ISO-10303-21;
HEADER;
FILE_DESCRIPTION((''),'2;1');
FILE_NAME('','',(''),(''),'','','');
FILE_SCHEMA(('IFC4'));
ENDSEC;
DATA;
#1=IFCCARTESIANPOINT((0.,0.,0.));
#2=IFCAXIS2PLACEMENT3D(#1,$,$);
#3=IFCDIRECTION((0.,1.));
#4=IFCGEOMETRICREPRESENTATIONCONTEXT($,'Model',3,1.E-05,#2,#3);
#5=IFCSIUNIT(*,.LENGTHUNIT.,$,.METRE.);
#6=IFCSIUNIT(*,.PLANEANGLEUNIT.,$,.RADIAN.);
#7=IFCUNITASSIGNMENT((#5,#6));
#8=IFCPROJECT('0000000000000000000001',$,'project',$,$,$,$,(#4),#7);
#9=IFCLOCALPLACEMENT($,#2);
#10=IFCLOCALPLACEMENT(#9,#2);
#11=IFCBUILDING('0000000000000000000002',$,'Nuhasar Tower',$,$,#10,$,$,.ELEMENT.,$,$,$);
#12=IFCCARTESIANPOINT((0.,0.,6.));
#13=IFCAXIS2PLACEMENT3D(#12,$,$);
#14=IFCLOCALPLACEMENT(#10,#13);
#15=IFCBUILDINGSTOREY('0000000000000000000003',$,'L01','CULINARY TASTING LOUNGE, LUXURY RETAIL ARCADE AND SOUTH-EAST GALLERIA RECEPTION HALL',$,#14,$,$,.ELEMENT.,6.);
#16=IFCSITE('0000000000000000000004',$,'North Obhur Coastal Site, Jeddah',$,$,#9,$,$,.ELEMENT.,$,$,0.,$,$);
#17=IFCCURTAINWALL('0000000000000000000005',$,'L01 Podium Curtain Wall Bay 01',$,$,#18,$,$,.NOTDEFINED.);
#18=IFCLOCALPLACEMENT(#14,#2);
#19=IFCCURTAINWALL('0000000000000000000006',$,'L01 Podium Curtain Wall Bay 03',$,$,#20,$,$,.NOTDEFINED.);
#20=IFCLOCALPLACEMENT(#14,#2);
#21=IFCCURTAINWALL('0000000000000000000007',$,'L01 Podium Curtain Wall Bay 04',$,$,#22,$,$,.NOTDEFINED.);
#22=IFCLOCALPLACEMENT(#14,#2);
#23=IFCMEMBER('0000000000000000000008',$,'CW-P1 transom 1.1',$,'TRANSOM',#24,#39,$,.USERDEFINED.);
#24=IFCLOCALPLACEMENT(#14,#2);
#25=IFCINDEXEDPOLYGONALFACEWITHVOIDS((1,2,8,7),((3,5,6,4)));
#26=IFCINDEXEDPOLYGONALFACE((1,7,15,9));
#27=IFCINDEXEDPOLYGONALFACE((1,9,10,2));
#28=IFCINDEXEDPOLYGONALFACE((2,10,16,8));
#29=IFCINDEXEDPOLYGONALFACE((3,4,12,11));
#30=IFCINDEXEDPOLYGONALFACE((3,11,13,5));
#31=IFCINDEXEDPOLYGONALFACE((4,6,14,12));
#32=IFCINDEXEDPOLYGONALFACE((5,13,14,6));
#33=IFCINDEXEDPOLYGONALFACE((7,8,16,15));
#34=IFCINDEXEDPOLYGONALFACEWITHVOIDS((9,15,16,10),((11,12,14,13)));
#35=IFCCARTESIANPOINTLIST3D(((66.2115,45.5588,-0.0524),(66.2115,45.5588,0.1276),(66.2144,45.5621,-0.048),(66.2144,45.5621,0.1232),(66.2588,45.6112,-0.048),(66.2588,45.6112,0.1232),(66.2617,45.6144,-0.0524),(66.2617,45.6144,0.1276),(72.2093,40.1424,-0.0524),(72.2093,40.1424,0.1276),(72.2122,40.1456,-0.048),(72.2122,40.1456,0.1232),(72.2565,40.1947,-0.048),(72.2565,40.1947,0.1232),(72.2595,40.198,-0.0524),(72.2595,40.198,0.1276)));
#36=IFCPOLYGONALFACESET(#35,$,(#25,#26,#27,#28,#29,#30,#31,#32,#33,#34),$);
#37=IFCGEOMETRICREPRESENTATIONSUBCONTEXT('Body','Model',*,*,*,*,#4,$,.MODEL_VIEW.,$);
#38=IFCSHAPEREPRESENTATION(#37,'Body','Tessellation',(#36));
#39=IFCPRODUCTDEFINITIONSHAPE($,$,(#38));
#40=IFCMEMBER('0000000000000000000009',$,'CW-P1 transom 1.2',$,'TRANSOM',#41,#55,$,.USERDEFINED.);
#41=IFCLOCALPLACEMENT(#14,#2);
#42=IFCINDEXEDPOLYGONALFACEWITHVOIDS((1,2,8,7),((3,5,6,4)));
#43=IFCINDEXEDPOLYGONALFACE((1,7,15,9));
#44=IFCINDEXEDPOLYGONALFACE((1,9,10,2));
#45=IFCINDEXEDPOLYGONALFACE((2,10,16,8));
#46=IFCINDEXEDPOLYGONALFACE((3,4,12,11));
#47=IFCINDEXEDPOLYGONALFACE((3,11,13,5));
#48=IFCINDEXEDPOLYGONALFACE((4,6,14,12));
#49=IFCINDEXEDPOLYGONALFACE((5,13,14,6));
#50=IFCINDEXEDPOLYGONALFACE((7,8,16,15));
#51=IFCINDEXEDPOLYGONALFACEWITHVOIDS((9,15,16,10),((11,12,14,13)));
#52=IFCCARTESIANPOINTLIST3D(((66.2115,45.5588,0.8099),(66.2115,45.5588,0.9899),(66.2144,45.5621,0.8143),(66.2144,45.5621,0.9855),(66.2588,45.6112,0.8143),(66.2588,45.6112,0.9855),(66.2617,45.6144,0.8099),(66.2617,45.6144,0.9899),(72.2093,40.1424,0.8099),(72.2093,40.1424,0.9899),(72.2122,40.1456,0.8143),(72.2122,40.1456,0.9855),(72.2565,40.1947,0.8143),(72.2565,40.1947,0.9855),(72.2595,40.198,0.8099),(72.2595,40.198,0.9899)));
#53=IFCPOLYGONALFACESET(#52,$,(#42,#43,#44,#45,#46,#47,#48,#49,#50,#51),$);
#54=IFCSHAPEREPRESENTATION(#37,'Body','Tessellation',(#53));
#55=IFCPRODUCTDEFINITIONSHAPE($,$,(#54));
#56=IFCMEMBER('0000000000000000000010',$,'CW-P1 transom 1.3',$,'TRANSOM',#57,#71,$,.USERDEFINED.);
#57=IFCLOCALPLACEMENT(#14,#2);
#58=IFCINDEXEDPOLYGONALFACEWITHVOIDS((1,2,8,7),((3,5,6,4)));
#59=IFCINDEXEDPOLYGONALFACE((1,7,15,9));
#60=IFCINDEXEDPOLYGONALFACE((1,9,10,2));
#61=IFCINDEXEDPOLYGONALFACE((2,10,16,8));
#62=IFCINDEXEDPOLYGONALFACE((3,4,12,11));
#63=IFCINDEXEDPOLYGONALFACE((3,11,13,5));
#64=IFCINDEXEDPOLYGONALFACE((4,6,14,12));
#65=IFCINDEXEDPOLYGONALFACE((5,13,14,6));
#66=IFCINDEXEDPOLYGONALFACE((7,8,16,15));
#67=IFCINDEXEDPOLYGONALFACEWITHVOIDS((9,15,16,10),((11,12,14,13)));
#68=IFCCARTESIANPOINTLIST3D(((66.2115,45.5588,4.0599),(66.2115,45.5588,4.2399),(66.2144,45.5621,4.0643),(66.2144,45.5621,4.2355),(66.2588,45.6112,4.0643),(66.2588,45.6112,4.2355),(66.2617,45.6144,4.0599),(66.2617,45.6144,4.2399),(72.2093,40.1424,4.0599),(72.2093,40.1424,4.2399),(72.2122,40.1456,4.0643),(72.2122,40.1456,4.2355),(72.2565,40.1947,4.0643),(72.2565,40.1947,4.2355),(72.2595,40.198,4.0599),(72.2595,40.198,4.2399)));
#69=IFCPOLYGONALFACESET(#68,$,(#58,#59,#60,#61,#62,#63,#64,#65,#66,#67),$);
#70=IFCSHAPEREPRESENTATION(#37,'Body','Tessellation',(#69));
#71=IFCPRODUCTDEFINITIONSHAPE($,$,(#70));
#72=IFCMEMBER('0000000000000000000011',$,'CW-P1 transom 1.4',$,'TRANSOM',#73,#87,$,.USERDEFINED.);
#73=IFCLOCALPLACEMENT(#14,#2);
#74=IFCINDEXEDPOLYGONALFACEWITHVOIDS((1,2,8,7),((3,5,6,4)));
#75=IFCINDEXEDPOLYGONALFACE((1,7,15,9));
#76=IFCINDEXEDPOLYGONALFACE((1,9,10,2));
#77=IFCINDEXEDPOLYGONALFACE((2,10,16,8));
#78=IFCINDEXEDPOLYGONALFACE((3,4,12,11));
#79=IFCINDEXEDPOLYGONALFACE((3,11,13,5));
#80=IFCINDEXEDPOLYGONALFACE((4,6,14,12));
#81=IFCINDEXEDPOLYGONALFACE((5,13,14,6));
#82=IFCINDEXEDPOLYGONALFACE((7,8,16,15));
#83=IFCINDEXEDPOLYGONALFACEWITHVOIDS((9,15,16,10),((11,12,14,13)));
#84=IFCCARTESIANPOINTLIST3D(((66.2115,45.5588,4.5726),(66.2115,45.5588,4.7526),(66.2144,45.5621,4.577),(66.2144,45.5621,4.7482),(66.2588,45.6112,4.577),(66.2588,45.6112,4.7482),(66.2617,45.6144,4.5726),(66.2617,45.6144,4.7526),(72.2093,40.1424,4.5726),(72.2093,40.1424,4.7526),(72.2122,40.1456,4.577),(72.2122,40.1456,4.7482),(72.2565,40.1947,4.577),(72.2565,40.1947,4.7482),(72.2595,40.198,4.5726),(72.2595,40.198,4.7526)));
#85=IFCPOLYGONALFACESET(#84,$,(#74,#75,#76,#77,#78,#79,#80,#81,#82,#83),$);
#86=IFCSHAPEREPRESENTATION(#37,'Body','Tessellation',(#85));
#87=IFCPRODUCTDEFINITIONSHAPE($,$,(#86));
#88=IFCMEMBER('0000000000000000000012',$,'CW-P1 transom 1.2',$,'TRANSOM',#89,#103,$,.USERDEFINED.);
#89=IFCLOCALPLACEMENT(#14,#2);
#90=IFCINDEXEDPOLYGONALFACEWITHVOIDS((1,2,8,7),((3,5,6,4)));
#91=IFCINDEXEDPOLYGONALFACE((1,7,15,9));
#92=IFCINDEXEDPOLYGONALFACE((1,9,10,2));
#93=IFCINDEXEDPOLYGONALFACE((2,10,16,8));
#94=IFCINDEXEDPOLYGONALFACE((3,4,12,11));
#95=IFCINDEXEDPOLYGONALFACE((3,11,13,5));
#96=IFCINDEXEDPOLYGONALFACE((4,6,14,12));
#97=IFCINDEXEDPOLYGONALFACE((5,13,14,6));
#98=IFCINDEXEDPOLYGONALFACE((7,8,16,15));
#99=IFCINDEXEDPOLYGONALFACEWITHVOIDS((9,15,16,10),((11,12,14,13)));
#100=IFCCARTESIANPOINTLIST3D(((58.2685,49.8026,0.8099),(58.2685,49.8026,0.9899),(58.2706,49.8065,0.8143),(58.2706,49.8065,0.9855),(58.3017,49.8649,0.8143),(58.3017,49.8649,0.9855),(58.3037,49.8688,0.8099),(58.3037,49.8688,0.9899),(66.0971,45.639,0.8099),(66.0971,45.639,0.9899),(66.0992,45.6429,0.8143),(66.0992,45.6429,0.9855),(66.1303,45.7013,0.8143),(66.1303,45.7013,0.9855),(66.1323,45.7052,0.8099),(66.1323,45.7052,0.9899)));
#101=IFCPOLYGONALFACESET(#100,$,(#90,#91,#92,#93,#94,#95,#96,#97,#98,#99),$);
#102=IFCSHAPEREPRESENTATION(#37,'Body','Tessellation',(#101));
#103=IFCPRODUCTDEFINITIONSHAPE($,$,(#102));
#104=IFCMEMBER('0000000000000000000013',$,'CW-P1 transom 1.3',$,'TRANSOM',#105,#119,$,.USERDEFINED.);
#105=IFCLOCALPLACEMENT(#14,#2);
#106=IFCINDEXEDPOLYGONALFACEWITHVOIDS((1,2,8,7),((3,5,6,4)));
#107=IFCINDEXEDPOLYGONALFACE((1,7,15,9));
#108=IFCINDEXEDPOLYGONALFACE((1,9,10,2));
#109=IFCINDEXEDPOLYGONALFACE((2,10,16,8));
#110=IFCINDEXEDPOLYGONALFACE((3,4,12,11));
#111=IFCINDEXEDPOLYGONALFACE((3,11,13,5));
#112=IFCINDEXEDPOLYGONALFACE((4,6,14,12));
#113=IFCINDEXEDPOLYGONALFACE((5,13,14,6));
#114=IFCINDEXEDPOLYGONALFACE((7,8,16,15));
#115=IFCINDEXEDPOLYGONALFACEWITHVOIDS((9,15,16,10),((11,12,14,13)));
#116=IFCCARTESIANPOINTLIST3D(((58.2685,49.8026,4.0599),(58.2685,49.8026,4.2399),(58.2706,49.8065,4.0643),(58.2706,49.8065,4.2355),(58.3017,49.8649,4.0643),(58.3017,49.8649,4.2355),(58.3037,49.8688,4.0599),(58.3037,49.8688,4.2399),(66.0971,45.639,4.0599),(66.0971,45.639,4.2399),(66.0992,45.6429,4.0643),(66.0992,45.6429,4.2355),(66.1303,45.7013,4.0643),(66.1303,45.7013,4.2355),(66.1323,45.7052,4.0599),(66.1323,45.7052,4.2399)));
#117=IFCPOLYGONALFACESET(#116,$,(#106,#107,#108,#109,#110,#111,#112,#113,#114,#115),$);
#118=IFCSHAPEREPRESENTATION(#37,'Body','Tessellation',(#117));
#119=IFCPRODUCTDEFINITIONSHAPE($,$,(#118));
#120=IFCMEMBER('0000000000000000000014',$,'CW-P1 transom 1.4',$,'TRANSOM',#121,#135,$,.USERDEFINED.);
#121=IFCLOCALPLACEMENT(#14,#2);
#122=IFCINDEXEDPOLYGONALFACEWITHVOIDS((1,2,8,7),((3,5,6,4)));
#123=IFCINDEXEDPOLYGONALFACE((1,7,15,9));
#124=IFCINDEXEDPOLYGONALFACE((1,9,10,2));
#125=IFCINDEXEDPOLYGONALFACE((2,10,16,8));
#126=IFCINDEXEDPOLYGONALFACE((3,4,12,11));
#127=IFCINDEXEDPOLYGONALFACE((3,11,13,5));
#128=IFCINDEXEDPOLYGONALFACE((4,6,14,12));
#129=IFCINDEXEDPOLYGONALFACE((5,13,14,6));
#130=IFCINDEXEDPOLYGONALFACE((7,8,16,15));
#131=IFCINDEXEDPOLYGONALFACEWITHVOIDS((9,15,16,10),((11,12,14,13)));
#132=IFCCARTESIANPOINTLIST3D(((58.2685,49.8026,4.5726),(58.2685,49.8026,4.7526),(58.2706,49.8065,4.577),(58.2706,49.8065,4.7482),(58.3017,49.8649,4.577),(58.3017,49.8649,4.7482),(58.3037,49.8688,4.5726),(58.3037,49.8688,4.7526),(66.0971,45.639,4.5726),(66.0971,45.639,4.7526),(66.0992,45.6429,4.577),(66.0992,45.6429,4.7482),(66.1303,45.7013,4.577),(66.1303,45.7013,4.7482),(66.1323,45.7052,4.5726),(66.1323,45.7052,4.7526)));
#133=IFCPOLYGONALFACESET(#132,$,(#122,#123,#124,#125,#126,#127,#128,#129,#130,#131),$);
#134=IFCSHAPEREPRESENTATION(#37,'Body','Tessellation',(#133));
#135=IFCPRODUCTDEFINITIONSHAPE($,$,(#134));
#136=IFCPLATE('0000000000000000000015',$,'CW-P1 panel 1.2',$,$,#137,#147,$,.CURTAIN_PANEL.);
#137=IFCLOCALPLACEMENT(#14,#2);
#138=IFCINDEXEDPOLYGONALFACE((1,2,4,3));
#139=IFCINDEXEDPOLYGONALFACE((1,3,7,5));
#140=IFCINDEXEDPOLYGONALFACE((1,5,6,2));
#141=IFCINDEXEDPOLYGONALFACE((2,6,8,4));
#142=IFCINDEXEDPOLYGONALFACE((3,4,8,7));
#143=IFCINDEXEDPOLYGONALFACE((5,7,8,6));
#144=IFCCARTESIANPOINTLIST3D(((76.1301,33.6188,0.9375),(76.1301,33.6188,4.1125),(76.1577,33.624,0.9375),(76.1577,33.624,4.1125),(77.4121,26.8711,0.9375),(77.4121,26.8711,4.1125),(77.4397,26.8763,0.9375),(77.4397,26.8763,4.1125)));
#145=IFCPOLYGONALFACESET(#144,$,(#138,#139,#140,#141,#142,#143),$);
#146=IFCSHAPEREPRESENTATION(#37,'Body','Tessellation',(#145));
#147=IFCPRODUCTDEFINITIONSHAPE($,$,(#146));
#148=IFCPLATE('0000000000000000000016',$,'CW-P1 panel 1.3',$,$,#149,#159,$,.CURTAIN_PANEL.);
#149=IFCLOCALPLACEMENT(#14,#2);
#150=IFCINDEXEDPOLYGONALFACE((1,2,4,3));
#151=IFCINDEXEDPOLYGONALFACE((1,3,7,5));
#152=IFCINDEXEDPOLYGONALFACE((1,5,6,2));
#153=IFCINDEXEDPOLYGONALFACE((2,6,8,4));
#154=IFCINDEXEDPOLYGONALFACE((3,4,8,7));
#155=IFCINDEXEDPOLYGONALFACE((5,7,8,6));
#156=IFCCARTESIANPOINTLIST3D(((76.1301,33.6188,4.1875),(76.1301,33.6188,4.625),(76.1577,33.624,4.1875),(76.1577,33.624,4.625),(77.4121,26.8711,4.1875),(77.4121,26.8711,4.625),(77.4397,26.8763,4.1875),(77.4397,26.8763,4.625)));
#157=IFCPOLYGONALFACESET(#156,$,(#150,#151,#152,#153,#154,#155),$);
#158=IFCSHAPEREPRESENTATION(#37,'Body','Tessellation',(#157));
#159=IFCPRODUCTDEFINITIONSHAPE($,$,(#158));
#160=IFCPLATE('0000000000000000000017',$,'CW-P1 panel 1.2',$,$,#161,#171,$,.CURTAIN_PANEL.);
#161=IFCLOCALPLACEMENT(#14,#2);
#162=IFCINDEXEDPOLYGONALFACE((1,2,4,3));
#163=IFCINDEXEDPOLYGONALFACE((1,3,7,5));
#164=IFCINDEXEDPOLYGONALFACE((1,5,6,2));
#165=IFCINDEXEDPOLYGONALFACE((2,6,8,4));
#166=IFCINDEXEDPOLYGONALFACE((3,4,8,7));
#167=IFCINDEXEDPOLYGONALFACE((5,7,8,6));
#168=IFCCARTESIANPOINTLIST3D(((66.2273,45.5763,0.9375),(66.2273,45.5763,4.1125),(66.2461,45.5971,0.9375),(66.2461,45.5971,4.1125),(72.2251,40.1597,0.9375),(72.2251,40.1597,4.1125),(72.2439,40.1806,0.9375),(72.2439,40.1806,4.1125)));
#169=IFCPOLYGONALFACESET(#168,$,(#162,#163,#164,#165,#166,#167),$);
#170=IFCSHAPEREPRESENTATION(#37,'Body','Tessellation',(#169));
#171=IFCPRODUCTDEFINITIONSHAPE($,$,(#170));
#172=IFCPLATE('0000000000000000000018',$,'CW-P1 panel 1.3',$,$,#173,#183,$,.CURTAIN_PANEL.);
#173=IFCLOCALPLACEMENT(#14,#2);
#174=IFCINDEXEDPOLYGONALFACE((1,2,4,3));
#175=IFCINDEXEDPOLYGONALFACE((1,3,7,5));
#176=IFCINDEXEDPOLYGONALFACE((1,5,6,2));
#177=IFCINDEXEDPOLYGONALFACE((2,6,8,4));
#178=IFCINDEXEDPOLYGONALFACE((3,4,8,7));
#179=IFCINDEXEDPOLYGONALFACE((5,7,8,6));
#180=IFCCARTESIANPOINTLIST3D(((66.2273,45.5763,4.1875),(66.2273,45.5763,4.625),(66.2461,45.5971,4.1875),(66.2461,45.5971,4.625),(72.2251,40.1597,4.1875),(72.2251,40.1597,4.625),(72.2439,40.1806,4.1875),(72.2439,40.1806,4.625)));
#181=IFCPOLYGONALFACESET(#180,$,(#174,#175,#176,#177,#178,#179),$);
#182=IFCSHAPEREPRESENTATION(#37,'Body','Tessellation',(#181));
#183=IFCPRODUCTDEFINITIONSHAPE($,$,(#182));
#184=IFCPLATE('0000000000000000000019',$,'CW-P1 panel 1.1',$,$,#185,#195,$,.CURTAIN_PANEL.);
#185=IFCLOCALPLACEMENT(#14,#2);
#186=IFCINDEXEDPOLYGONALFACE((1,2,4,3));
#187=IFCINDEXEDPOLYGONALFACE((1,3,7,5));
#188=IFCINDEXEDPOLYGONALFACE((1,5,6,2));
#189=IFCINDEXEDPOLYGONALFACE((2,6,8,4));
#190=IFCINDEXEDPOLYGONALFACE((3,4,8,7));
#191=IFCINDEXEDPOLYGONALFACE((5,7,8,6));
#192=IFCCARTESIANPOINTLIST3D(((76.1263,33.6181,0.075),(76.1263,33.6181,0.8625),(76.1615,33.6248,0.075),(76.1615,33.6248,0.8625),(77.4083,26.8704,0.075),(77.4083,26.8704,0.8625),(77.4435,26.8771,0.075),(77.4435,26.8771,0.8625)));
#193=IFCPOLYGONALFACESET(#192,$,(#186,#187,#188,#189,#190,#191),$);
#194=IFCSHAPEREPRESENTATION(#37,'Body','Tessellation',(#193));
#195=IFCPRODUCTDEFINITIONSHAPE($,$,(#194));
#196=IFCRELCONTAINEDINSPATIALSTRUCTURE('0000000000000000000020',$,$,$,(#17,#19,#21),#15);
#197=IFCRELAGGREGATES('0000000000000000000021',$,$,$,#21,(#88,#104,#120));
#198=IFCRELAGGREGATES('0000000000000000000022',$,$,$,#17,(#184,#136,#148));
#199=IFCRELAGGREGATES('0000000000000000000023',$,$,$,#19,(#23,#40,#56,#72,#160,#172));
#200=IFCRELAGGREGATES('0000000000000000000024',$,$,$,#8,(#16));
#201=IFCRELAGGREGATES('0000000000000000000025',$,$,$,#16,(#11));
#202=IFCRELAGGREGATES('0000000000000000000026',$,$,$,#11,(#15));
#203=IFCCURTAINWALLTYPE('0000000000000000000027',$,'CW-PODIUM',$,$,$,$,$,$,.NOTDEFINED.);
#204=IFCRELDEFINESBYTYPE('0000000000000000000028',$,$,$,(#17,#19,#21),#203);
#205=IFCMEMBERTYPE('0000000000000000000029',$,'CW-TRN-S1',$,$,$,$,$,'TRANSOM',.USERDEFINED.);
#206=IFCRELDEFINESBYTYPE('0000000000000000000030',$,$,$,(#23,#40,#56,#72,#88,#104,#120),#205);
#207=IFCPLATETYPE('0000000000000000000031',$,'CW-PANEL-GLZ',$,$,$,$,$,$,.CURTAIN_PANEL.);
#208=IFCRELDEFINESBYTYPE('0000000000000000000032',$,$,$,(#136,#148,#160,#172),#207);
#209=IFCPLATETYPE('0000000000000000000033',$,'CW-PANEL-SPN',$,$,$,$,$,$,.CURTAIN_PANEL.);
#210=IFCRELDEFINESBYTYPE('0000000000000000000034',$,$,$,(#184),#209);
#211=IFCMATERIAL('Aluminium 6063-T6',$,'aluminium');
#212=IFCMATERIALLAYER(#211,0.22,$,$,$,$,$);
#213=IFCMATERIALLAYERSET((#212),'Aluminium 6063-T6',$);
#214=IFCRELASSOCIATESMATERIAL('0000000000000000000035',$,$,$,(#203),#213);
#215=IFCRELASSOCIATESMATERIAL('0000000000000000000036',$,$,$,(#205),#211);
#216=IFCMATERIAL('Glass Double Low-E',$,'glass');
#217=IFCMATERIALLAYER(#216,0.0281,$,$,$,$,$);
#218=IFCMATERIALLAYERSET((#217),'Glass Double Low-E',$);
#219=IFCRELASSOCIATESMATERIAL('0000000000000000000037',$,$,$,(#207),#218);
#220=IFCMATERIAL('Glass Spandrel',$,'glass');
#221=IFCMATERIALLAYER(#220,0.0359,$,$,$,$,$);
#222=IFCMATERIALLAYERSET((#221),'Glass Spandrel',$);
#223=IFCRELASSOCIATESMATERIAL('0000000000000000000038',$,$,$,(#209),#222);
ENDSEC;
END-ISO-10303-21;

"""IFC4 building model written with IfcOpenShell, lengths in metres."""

from ifc_helpers import new_model, si_unit, direction, frame, origin, origin_2d, place, context, subcontext, project, spatial, rectangle, hollow_rectangle, extrude, material, layer, layer_set, material_profile, profile_set, type_object, element, aggregate, save


model = new_model("IFC4")

# Units and contexts
model_context = context("Model", 3, precision=1e-05, world=origin(), true_north=direction((0.0, 1.0)))
body_context = subcontext(model_context, "Body", "Model", "MODEL_VIEW")
ifc_project = project(units=[si_unit("LENGTHUNIT", "METRE"), si_unit("PLANEANGLEUNIT", "RADIAN")], contexts=[model_context])

# Site, building, storey
site_placement = place(None, origin())
site = spatial("IfcSite", under=ifc_project, at=site_placement, Name="North Obhur Coastal Site, Jeddah", CompositionType="ELEMENT", RefElevation=0.0)
building_placement = place(site_placement, origin())
building = spatial("IfcBuilding", under=site, at=building_placement, Name="Nuhasar Tower", CompositionType="ELEMENT")
storey_placement = place(building_placement, frame((0.0, 0.0, 6.0)))
storey = spatial("IfcBuildingStorey", under=building, at=storey_placement, Name="L01", Description="CULINARY TASTING LOUNGE, LUXURY RETAIL ARCADE AND SOUTH-EAST GALLERIA RECEPTION HALL", CompositionType="ELEMENT", Elevation=6.0)

# Curtain walls
ifc_material_1 = material(Name="Aluminium 6063-T6", Category="aluminium")
ifc_layer_1 = layer(ifc_material_1, 0.22)
ifc_layer_set_1 = layer_set([ifc_layer_1], Name="Aluminium 6063-T6")
curtain_wall_type = type_object("IfcCurtainWallType", Name="CW-PODIUM", PredefinedType="NOTDEFINED", material=ifc_layer_set_1)
curtain_wall_1_placement = place(storey_placement, origin())
curtain_wall_1 = element("IfcCurtainWall", 1, at=curtain_wall_1_placement, inside=storey, type_object=curtain_wall_type, Name="L01 Podium Curtain Wall Bay 01", PredefinedType="NOTDEFINED")
curtain_wall_2_placement = place(storey_placement, origin())
curtain_wall_2 = element("IfcCurtainWall", 2, at=curtain_wall_2_placement, inside=storey, type_object=curtain_wall_type, Name="L01 Podium Curtain Wall Bay 03", PredefinedType="NOTDEFINED")

# Curtain wall
curtain_wall_3_placement = place(storey_placement, origin())
curtain_wall_3 = element("IfcCurtainWall", 3, at=curtain_wall_3_placement, inside=storey, type_object=curtain_wall_type, Name="L01 Podium Curtain Wall Bay 04", PredefinedType="NOTDEFINED")

# Members
ifc_material_profile_1 = material_profile(ifc_material_1, hollow_rectangle(XDim=0.075, YDim=0.1799, WallThickness=0.0044, at=origin_2d()), Name="CWT-1")
ifc_profile_set_1 = profile_set([ifc_material_profile_1], Name="Aluminium 6063-T6")
member_type_1 = type_object("IfcMemberType", Name="CW-TRN-S1", ElementType="TRANSOM", PredefinedType="USERDEFINED", material=ifc_profile_set_1)
member_1_placement = place(storey_placement, frame((72.2344, 40.1702, 0.0376), z_axis=(-0.742156, 0.670227, 0.0), x_axis=(-0.670227, -0.742156, 0.0)))
member_1 = element("IfcMember", 4, at=member_1_placement, type_object=member_type_1, Name="CW-P1 transom 1.1", ObjectType="TRANSOM", PredefinedType="USERDEFINED", context=body_context, shape_type="SweptSolid", body=[
    extrude(hollow_rectangle(XDim=0.075, YDim=0.1799, WallThickness=0.0044, at=origin_2d()), origin(), (0.0, 0.0, 1.0), 8.0815),
])
member_2_placement = place(storey_placement, frame((72.2344, 40.1702, 0.8999), z_axis=(-0.742156, 0.670227, 0.0), x_axis=(-0.670227, -0.742156, 0.0)))
member_2 = element("IfcMember", 5, at=member_2_placement, type_object=member_type_1, Name="CW-P1 transom 1.2", ObjectType="TRANSOM", PredefinedType="USERDEFINED", context=body_context, shape_type="SweptSolid", body=[
    extrude(hollow_rectangle(XDim=0.075, YDim=0.1799, WallThickness=0.0044, at=origin_2d()), origin(), (0.0, 0.0, 1.0), 8.0815),
])
member_3_placement = place(storey_placement, frame((72.2344, 40.1702, 4.1499), z_axis=(-0.742156, 0.670227, 0.0), x_axis=(-0.670227, -0.742156, 0.0)))
member_3 = element("IfcMember", 6, at=member_3_placement, type_object=member_type_1, Name="CW-P1 transom 1.3", ObjectType="TRANSOM", PredefinedType="USERDEFINED", context=body_context, shape_type="SweptSolid", body=[
    extrude(hollow_rectangle(XDim=0.075, YDim=0.1799, WallThickness=0.0044, at=origin_2d()), origin(), (0.0, 0.0, 1.0), 8.0815),
])
member_4_placement = place(storey_placement, frame((72.2344, 40.1702, 4.6626), z_axis=(-0.742156, 0.670227, 0.0), x_axis=(-0.670227, -0.742156, 0.0)))
member_4 = element("IfcMember", 7, at=member_4_placement, type_object=member_type_1, Name="CW-P1 transom 1.4", ObjectType="TRANSOM", PredefinedType="USERDEFINED", context=body_context, shape_type="SweptSolid", body=[
    extrude(hollow_rectangle(XDim=0.075, YDim=0.1799, WallThickness=0.0044, at=origin_2d()), origin(), (0.0, 0.0, 1.0), 8.0815),
])
member_5_placement = place(storey_placement, frame((66.1147, 45.6721, 0.8999), z_axis=(-0.8829, 0.469562, 0.0), x_axis=(-0.469562, -0.8829, 0.0)))
member_5 = element("IfcMember", 8, at=member_5_placement, type_object=member_type_1, Name="CW-P1 transom 1.2", ObjectType="TRANSOM", PredefinedType="USERDEFINED", context=body_context, shape_type="SweptSolid", body=[
    extrude(hollow_rectangle(XDim=0.075, YDim=0.1799, WallThickness=0.0044, at=origin_2d()), origin(), (0.0, 0.0, 1.0), 8.8669),
])
member_6_placement = place(storey_placement, frame((66.1147, 45.6721, 4.1499), z_axis=(-0.8829, 0.469562, 0.0), x_axis=(-0.469562, -0.8829, 0.0)))
member_6 = element("IfcMember", 9, at=member_6_placement, type_object=member_type_1, Name="CW-P1 transom 1.3", ObjectType="TRANSOM", PredefinedType="USERDEFINED", context=body_context, shape_type="SweptSolid", body=[
    extrude(hollow_rectangle(XDim=0.075, YDim=0.1799, WallThickness=0.0044, at=origin_2d()), origin(), (0.0, 0.0, 1.0), 8.8669),
])
member_7_placement = place(storey_placement, frame((66.1147, 45.6721, 4.6626), z_axis=(-0.8829, 0.469562, 0.0), x_axis=(-0.469562, -0.8829, 0.0)))
member_7 = element("IfcMember", 10, at=member_7_placement, type_object=member_type_1, Name="CW-P1 transom 1.4", ObjectType="TRANSOM", PredefinedType="USERDEFINED", context=body_context, shape_type="SweptSolid", body=[
    extrude(hollow_rectangle(XDim=0.075, YDim=0.1799, WallThickness=0.0044, at=origin_2d()), origin(), (0.0, 0.0, 1.0), 8.8669),
])
aggregate(curtain_wall_3, [member_5, member_6, member_7])

# Plates
ifc_material_2 = material(Name="Glass Double Low-E", Category="glass")
ifc_layer_2 = layer(ifc_material_2, 0.0281)
ifc_layer_set_2 = layer_set([ifc_layer_2], Name="Glass Double Low-E")
plate_type_1 = type_object("IfcPlateType", Name="CW-PANEL-GLZ", PredefinedType="CURTAIN_PANEL", material=ifc_layer_set_2)
plate_1_placement = place(storey_placement, frame((76.7849, 30.2476, 0.9375), z_axis=(0.0, 0.0, 1.0), x_axis=(-0.186654, 0.982426, 0.0)))
plate_1 = element("IfcPlate", 11, at=plate_1_placement, type_object=plate_type_1, Name="CW-P1 panel 1.2", PredefinedType="CURTAIN_PANEL", context=body_context, shape_type="SweptSolid", body=[
    extrude(rectangle(XDim=6.8684, YDim=0.0281, at=origin_2d()), origin(), (0.0, 0.0, 1.0), 3.175),
])
plate_2_placement = place(storey_placement, frame((76.7849, 30.2476, 4.1875), z_axis=(0.0, 0.0, 1.0), x_axis=(-0.186654, 0.982426, 0.0)))
plate_2 = element("IfcPlate", 12, at=plate_2_placement, type_object=plate_type_1, Name="CW-P1 panel 1.3", PredefinedType="CURTAIN_PANEL", context=body_context, shape_type="SweptSolid", body=[
    extrude(rectangle(XDim=6.8684, YDim=0.0281, at=origin_2d()), origin(), (0.0, 0.0, 1.0), 0.4375),
])
plate_3_placement = place(storey_placement, frame((69.2356, 42.8784, 0.9375), z_axis=(0.0, 0.0, 1.0), x_axis=(-0.742151, 0.670232, 0.0)))
plate_3 = element("IfcPlate", 13, at=plate_3_placement, type_object=plate_type_1, Name="CW-P1 panel 1.2", PredefinedType="CURTAIN_PANEL", context=body_context, shape_type="SweptSolid", body=[
    extrude(rectangle(XDim=8.0815, YDim=0.0281, at=origin_2d()), origin(), (0.0, 0.0, 1.0), 3.175),
])
plate_4_placement = place(storey_placement, frame((69.2356, 42.8784, 4.1875), z_axis=(0.0, 0.0, 1.0), x_axis=(-0.742151, 0.670232, 0.0)))
plate_4 = element("IfcPlate", 14, at=plate_4_placement, type_object=plate_type_1, Name="CW-P1 panel 1.3", PredefinedType="CURTAIN_PANEL", context=body_context, shape_type="SweptSolid", body=[
    extrude(rectangle(XDim=8.0815, YDim=0.0281, at=origin_2d()), origin(), (0.0, 0.0, 1.0), 0.4375),
])
ifc_material_3 = material(Name="Glass Spandrel", Category="glass")
ifc_layer_3 = layer(ifc_material_3, 0.0359)
ifc_layer_set_3 = layer_set([ifc_layer_3], Name="Glass Spandrel")
plate_type_2 = type_object("IfcPlateType", Name="CW-PANEL-SPN", PredefinedType="CURTAIN_PANEL", material=ifc_layer_set_3)
plate_5_placement = place(storey_placement, frame((76.7849, 30.2476, 0.075), z_axis=(0.0, 0.0, 1.0), x_axis=(-0.186654, 0.982426, 0.0)))
plate_5 = element("IfcPlate", 15, at=plate_5_placement, type_object=plate_type_2, Name="CW-P1 panel 1.1", PredefinedType="CURTAIN_PANEL", context=body_context, shape_type="SweptSolid", body=[
    extrude(rectangle(XDim=6.8684, YDim=0.0359, at=origin_2d()), origin(), (0.0, 0.0, 1.0), 0.7876),
])
aggregate(curtain_wall_1, [plate_5, plate_1, plate_2])
aggregate(curtain_wall_2, [member_1, member_2, member_3, member_4, plate_3, plate_4])

save(model, "model.ifc")
